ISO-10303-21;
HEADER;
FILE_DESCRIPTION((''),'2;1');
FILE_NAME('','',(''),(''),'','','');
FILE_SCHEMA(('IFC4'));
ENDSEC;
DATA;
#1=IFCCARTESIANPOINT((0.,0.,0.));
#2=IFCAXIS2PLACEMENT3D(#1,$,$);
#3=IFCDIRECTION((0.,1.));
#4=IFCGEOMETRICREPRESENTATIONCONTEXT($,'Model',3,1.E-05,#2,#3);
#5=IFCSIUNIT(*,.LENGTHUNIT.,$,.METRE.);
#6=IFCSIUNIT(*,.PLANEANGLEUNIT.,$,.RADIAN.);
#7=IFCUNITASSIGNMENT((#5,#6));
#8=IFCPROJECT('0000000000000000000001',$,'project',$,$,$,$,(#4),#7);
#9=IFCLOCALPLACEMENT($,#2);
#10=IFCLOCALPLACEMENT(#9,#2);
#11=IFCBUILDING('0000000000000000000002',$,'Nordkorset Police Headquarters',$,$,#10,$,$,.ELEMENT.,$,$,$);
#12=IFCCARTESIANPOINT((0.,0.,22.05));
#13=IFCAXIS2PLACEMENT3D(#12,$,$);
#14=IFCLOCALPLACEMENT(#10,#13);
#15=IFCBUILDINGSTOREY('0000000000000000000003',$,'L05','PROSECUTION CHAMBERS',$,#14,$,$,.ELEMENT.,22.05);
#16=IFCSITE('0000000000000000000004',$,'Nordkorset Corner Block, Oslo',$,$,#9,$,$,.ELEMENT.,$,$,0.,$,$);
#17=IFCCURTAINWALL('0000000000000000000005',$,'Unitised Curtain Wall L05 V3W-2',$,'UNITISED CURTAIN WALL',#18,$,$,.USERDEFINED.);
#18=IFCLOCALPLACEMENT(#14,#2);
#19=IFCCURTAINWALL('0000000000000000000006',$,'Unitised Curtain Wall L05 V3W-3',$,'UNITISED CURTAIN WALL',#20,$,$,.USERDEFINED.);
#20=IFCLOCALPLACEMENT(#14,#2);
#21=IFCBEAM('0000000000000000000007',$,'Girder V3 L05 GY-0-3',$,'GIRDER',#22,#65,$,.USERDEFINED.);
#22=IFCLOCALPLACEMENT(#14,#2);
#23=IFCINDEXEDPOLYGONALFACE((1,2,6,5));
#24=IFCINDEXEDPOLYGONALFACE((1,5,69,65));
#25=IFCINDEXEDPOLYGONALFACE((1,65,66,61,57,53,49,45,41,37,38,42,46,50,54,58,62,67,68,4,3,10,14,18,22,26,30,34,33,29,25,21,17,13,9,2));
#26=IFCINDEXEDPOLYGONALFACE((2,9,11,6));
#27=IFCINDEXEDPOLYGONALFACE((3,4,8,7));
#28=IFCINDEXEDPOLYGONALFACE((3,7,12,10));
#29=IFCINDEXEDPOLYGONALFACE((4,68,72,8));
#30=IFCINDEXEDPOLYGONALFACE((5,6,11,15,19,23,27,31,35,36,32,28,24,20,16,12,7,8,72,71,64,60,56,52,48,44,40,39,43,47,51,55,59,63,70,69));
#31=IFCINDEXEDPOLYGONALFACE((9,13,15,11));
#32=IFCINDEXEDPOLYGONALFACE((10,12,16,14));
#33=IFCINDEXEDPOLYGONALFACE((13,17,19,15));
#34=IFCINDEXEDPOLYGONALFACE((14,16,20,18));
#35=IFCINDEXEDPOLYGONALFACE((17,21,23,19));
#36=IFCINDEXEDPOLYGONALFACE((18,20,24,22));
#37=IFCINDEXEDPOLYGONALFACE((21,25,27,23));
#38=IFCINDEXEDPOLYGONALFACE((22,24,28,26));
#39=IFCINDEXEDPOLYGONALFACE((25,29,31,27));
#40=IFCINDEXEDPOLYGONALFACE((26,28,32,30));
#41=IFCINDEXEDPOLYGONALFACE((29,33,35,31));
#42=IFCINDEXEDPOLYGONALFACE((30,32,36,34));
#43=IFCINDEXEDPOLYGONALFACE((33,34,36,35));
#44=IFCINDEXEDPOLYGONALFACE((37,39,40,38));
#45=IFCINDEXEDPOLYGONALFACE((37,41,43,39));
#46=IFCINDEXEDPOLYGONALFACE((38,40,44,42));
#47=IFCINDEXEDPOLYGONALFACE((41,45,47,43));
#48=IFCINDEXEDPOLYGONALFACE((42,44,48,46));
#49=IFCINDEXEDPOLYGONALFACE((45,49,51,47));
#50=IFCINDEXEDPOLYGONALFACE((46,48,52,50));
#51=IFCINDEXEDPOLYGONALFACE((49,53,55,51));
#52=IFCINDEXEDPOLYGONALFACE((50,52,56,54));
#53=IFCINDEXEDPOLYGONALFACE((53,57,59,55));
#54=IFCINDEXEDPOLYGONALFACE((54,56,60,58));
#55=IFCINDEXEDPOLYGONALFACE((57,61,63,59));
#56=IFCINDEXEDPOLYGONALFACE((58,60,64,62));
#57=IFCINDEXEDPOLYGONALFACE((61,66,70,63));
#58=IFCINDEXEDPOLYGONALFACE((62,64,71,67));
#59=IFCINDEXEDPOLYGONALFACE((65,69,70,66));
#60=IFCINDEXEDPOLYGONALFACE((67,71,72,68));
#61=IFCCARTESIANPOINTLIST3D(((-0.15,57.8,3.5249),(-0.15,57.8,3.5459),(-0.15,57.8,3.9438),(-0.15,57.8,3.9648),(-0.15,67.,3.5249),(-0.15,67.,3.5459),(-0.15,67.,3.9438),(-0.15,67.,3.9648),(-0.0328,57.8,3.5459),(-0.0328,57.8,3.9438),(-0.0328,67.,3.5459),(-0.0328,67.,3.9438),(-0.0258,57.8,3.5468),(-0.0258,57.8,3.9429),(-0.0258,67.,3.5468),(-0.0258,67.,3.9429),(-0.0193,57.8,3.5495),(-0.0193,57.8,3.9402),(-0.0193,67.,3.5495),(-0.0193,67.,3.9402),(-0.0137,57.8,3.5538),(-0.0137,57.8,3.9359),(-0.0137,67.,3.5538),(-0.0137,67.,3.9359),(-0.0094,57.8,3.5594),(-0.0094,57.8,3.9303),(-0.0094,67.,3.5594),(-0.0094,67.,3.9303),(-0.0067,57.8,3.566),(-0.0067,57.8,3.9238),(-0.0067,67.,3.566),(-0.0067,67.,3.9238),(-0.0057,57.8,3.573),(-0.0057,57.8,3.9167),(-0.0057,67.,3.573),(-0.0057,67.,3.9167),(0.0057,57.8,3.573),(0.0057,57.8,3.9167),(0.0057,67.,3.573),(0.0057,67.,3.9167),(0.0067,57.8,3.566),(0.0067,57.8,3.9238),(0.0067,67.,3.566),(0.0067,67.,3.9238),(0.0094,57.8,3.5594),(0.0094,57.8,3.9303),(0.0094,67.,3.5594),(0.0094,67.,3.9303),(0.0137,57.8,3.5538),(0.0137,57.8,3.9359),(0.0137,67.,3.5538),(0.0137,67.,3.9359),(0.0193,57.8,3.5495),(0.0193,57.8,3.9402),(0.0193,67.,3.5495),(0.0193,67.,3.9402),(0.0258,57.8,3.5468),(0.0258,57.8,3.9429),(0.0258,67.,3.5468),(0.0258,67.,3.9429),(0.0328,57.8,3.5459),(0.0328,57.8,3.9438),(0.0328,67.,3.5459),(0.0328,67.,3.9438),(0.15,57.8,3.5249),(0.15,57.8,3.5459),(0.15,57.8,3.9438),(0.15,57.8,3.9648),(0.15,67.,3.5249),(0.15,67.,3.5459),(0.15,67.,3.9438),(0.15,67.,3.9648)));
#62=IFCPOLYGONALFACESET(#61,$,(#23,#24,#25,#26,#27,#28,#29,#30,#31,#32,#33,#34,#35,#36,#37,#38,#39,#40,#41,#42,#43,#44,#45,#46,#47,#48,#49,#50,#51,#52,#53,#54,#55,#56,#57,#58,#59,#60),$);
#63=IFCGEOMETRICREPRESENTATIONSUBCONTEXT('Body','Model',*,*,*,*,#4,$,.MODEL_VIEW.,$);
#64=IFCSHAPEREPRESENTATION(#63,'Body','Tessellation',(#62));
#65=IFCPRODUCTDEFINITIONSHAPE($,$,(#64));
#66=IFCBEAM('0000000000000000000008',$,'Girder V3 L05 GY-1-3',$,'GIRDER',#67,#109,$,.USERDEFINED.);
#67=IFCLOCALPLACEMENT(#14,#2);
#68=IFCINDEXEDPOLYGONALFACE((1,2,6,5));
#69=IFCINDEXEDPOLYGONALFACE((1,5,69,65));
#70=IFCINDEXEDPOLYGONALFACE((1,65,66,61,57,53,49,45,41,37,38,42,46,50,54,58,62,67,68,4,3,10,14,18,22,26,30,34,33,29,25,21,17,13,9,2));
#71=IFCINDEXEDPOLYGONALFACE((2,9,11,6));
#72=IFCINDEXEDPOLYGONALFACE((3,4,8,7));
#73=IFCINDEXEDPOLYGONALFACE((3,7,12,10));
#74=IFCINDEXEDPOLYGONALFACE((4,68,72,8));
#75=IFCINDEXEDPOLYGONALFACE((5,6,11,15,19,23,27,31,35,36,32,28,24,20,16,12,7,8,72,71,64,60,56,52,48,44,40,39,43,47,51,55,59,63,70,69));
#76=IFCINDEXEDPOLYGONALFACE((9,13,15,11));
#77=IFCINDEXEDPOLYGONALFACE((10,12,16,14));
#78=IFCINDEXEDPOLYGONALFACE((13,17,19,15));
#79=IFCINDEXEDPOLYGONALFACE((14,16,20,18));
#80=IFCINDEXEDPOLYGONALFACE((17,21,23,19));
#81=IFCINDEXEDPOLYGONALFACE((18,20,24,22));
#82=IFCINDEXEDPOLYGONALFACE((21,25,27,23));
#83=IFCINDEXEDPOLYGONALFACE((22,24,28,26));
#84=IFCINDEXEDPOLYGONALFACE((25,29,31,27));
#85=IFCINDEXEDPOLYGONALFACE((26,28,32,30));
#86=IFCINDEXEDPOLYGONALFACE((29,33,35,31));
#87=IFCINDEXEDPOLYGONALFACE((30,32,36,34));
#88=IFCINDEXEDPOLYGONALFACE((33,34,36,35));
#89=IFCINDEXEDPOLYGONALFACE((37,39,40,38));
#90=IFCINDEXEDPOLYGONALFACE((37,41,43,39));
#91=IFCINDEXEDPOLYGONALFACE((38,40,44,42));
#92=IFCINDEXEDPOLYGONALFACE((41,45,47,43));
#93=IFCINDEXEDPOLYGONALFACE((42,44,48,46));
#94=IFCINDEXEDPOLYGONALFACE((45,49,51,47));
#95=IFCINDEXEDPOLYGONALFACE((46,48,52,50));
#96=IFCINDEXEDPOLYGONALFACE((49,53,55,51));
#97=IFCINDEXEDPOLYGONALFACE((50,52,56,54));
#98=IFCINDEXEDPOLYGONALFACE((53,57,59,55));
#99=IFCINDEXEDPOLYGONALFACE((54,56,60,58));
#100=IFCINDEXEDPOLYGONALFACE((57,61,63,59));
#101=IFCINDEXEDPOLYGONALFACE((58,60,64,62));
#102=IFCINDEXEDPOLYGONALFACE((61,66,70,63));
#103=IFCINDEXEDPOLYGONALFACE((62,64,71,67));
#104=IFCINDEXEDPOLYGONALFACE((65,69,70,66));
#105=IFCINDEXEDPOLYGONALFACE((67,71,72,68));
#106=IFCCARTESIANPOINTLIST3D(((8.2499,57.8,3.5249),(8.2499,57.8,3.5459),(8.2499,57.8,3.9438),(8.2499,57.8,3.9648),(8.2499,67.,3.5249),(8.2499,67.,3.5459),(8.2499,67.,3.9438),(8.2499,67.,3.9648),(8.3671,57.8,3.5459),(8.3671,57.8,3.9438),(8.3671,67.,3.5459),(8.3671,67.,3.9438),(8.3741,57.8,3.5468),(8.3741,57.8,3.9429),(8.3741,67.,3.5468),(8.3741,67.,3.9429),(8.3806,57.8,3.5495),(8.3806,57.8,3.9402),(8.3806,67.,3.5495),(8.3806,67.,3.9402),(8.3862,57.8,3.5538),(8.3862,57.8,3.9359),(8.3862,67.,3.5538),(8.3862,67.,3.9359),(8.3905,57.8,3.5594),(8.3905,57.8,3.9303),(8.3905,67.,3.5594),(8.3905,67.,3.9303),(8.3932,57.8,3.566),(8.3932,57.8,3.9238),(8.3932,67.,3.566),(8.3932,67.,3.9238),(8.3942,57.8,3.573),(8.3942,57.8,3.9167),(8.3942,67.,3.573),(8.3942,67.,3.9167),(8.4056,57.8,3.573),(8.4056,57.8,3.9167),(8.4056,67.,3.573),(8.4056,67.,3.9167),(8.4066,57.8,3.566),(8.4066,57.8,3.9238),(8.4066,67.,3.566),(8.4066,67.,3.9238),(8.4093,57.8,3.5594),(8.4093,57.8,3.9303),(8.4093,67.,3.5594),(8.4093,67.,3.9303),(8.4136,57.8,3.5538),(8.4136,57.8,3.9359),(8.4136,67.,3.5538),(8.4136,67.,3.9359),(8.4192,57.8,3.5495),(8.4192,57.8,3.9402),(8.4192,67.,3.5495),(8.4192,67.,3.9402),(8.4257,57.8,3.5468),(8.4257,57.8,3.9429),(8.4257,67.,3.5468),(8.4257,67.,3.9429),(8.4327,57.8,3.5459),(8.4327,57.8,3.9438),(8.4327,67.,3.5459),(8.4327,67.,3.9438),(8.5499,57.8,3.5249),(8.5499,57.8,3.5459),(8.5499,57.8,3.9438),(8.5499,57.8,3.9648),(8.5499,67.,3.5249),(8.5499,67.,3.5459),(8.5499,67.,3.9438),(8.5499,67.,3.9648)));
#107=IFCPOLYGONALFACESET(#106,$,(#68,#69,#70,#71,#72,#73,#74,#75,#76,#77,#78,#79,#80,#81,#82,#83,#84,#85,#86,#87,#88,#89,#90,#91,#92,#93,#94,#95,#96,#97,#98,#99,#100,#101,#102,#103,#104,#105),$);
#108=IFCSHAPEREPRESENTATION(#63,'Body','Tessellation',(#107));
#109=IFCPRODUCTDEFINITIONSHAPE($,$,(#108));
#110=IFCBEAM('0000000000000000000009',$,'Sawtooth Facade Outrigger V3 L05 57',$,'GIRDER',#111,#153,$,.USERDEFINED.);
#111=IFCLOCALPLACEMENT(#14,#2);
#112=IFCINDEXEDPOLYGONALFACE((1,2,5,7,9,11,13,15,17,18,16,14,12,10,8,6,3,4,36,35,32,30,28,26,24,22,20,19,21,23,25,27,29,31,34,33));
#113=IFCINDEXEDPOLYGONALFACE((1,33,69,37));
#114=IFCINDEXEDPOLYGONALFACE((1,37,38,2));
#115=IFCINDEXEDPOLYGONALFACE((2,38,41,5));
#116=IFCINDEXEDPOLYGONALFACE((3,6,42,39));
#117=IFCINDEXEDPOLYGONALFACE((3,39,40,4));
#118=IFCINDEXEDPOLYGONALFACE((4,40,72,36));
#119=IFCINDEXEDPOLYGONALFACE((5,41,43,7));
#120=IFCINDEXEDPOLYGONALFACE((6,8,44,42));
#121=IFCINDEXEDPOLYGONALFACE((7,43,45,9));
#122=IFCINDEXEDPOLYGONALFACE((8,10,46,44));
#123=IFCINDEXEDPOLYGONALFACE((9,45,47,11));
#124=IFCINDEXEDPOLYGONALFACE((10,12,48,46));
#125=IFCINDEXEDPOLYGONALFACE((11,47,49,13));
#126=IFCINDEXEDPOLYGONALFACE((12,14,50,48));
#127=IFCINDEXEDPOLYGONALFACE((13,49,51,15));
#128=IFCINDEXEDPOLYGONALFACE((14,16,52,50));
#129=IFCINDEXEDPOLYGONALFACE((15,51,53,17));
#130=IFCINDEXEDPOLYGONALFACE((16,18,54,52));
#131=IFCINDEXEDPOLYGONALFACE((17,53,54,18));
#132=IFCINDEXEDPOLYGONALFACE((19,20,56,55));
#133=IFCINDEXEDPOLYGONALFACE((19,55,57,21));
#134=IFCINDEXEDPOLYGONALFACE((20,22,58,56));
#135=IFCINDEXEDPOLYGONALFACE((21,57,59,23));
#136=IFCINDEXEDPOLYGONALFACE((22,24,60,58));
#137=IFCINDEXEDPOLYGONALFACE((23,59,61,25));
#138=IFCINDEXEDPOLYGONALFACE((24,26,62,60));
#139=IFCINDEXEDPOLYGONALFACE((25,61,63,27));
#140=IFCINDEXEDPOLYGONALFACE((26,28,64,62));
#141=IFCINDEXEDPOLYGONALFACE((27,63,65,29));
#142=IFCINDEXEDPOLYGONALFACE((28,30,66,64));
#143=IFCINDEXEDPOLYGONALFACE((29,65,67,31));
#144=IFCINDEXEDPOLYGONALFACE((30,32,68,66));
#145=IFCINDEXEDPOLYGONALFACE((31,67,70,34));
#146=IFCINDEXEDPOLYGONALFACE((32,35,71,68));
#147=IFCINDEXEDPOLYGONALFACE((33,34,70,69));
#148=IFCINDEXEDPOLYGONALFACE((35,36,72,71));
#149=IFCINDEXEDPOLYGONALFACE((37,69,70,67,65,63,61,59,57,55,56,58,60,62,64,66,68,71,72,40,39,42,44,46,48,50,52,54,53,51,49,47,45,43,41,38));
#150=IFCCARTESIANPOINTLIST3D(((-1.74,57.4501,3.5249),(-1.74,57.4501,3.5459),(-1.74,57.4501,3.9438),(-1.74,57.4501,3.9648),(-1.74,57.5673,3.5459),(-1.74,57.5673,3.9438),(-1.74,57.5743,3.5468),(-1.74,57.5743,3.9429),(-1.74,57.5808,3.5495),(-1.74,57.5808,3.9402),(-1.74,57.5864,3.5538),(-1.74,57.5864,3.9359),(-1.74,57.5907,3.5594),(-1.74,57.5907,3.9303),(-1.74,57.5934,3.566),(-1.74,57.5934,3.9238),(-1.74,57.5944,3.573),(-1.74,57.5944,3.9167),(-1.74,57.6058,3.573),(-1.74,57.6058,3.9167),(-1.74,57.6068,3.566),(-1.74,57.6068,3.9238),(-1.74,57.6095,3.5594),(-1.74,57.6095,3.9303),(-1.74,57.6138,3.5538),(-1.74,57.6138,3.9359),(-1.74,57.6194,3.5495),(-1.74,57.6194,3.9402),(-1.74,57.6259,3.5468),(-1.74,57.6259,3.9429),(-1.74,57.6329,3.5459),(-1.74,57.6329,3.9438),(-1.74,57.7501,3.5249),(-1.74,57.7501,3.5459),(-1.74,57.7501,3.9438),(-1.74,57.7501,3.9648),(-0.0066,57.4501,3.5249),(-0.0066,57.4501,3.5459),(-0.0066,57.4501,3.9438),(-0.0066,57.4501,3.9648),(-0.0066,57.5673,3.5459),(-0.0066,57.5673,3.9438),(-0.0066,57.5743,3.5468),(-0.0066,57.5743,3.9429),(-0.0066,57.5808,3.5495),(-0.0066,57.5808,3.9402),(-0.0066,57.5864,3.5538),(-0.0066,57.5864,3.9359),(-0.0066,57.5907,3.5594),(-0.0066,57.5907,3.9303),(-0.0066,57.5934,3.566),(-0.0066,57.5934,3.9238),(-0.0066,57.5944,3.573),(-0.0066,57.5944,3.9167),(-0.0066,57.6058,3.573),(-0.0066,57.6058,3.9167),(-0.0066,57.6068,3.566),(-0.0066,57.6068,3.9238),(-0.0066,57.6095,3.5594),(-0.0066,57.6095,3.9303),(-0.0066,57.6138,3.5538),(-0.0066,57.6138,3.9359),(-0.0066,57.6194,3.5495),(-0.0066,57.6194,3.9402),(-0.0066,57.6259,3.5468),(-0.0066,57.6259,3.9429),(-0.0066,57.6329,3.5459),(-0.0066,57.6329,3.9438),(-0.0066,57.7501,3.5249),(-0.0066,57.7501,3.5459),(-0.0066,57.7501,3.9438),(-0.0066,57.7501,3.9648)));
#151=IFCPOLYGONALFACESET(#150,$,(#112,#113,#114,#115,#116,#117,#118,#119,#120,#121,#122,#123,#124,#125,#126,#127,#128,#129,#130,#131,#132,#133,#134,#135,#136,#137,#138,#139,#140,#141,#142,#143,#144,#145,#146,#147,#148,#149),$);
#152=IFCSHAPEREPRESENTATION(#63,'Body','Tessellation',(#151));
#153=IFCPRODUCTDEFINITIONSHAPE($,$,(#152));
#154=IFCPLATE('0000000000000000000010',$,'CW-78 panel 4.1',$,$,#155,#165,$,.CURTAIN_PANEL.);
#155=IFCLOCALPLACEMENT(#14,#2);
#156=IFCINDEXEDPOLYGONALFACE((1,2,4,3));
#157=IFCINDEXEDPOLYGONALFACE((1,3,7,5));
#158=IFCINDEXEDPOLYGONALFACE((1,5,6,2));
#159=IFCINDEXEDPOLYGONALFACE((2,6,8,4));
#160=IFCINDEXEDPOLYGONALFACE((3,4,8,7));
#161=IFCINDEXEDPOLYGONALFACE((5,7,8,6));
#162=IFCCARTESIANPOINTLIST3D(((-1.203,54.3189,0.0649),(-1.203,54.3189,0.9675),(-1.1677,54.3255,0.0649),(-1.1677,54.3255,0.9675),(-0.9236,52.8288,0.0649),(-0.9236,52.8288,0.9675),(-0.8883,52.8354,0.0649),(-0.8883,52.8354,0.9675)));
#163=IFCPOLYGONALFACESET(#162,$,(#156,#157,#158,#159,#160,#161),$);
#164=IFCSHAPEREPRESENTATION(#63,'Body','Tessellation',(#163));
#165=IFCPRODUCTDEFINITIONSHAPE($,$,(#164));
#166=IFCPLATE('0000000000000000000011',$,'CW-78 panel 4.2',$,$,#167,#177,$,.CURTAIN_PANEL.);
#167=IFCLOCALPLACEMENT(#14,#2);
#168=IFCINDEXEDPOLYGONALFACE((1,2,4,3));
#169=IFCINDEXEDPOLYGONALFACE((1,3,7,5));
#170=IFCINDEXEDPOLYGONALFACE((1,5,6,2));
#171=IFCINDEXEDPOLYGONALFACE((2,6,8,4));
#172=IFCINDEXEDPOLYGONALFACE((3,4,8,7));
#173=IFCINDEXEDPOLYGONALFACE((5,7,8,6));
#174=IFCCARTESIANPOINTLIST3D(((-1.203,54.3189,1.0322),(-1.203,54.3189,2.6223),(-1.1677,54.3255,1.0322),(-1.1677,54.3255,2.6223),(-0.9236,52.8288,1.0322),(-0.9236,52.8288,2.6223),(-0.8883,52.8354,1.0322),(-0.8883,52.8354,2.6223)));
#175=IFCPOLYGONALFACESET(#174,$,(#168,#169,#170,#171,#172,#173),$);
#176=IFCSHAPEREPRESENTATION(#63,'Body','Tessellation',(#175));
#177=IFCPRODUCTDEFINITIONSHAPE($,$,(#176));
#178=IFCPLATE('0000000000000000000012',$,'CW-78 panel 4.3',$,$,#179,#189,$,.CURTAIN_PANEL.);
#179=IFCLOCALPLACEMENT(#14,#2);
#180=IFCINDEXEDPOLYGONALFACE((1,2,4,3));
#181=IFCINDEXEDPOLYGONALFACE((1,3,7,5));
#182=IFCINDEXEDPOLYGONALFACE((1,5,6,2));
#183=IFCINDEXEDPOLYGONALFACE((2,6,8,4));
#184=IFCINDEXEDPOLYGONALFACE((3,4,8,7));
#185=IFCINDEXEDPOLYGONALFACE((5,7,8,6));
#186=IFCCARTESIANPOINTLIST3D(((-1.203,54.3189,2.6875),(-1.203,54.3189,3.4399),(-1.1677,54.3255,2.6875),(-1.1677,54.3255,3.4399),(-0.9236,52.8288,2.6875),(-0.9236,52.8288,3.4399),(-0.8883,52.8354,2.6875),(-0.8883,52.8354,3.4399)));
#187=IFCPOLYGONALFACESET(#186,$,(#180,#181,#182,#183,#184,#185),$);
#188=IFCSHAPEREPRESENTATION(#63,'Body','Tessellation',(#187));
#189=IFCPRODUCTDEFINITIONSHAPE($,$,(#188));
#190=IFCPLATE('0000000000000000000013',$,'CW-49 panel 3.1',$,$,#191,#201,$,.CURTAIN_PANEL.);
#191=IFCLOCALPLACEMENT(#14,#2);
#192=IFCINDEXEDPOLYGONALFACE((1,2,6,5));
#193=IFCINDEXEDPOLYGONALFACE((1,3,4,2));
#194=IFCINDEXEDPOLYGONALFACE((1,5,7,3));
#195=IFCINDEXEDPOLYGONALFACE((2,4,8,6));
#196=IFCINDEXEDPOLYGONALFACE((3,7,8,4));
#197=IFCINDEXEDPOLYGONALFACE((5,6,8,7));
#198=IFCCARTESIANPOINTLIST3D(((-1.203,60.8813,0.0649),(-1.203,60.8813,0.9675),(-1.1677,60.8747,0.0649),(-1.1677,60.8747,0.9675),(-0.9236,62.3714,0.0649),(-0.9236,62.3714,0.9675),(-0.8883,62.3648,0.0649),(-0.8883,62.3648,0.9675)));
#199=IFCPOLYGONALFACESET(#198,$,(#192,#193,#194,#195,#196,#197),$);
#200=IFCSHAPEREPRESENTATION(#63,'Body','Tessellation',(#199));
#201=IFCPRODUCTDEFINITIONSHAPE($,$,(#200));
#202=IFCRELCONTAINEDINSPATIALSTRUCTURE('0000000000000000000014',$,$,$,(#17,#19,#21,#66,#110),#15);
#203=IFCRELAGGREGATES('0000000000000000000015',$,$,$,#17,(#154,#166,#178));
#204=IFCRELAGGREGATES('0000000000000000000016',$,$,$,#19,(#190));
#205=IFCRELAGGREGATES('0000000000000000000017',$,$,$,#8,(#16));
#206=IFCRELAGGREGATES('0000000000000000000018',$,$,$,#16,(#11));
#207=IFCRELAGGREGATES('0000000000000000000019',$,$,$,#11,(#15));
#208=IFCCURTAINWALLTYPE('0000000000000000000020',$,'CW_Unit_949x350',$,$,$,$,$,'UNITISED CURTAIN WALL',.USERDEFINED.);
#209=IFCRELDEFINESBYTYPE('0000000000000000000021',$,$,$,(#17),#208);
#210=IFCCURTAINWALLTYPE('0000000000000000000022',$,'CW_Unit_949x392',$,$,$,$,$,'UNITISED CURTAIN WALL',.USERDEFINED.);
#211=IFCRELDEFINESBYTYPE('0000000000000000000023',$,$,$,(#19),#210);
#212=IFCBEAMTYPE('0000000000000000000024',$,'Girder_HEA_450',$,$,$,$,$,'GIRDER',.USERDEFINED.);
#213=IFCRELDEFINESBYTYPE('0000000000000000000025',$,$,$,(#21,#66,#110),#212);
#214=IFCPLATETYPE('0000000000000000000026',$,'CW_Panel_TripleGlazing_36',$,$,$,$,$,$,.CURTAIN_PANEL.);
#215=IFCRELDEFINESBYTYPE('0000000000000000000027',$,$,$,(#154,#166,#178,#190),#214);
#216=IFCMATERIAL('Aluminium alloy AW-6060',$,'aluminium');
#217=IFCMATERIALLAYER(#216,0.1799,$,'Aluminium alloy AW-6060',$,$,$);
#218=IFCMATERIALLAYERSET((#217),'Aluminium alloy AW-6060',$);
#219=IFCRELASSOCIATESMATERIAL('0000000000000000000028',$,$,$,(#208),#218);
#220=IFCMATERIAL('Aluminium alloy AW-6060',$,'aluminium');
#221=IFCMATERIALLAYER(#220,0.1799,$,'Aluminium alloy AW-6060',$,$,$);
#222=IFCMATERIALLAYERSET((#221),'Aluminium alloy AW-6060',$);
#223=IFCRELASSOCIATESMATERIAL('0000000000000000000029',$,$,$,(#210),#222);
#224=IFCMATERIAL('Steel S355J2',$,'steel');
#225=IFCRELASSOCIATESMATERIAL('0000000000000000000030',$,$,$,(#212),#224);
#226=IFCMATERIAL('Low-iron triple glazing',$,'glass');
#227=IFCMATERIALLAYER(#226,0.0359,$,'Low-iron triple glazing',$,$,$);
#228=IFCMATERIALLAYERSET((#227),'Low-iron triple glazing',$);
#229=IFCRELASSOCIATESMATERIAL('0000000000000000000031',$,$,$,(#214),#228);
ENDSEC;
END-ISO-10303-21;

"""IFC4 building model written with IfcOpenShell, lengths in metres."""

from ifc_helpers import new_model, si_unit, direction, frame, origin, origin_2d, place, context, subcontext, project, spatial, rectangle, i_section, extrude, material, layer, layer_set, material_profile, profile_set, type_object, element, aggregate, save


model = new_model("IFC4")

# Units and contexts
model_context = context("Model", 3, precision=1e-05, world=origin(), true_north=direction((0.0, 1.0)))
body_context = subcontext(model_context, "Body", "Model", "MODEL_VIEW")
ifc_project = project(units=[si_unit("LENGTHUNIT", "METRE"), si_unit("PLANEANGLEUNIT", "RADIAN")], contexts=[model_context])

# Site, building, storey
site_placement = place(None, origin())
site = spatial("IfcSite", under=ifc_project, at=site_placement, Name="Nordkorset Corner Block, Oslo", CompositionType="ELEMENT", RefElevation=0.0)
building_placement = place(site_placement, origin())
building = spatial("IfcBuilding", under=site, at=building_placement, Name="Nordkorset Police Headquarters", CompositionType="ELEMENT")
storey_placement = place(building_placement, frame((0.0, 0.0, 22.05)))
storey = spatial("IfcBuildingStorey", under=building, at=storey_placement, Name="L05", Description="PROSECUTION CHAMBERS", CompositionType="ELEMENT", Elevation=22.05)

# Curtain wall
ifc_material_1 = material(Name="Aluminium alloy AW-6060", Category="aluminium")
ifc_layer_1 = layer(ifc_material_1, 0.1799, Name="Aluminium alloy AW-6060")
ifc_layer_set_1 = layer_set([ifc_layer_1], Name="Aluminium alloy AW-6060")
curtain_wall_type_1 = type_object("IfcCurtainWallType", Name="CW_Unit_949x350", ElementType="UNITISED CURTAIN WALL", PredefinedType="USERDEFINED", material=ifc_layer_set_1)
curtain_wall_1_placement = place(storey_placement, origin())
curtain_wall_1 = element("IfcCurtainWall", 1, at=curtain_wall_1_placement, inside=storey, type_object=curtain_wall_type_1, Name="Unitised Curtain Wall L05 V3W-2", ObjectType="UNITISED CURTAIN WALL", PredefinedType="USERDEFINED")

# Curtain wall
ifc_material_2 = material(Name="Aluminium alloy AW-6060", Category="aluminium")
ifc_layer_2 = layer(ifc_material_2, 0.1799, Name="Aluminium alloy AW-6060")
ifc_layer_set_2 = layer_set([ifc_layer_2], Name="Aluminium alloy AW-6060")
curtain_wall_type_2 = type_object("IfcCurtainWallType", Name="CW_Unit_949x392", ElementType="UNITISED CURTAIN WALL", PredefinedType="USERDEFINED", material=ifc_layer_set_2)
curtain_wall_2_placement = place(storey_placement, origin())
curtain_wall_2 = element("IfcCurtainWall", 2, at=curtain_wall_2_placement, inside=storey, type_object=curtain_wall_type_2, Name="Unitised Curtain Wall L05 V3W-3", ObjectType="UNITISED CURTAIN WALL", PredefinedType="USERDEFINED")

# Beams
ifc_material_3 = material(Name="Steel S355J2", Category="steel")
ifc_material_profile_1 = material_profile(ifc_material_3, i_section(OverallWidth=0.3, OverallDepth=0.4399, WebThickness=0.0115, FlangeThickness=0.021, FilletRadius=0.0271, at=origin_2d()), Name="HEA 450")
ifc_profile_set_1 = profile_set([ifc_material_profile_1], Name="Steel S355J2")
beam_type_1 = type_object("IfcBeamType", Name="Girder_HEA_450", ElementType="GIRDER", PredefinedType="USERDEFINED", material=ifc_profile_set_1)
for number, where, z_axis, x_axis, name in (
    (3, (0.0, 57.8, 3.7449), (0.0, 1.0, 0.0), (-1.0, 0.0, 0.0), "Girder V3 L05 GY-0-3"),
    (4, (8.3999, 57.8, 3.7449), (0.0, 1.0, 0.0), (-1.0, 0.0, 0.0), "Girder V3 L05 GY-1-3"),
):
    element("IfcBeam", number, at=place(storey_placement, frame(where, z_axis=z_axis, x_axis=x_axis)), inside=storey, type_object=beam_type_1, Name=name, ObjectType="GIRDER", PredefinedType="USERDEFINED", context=body_context, shape_type="SweptSolid", body=[
        extrude(i_section(OverallWidth=0.3, OverallDepth=0.4399, WebThickness=0.0115, FlangeThickness=0.021, FilletRadius=0.0271, at=origin_2d()), origin(), (0.0, 0.0, 1.0), 9.2),
    ])
beam_1_placement = place(storey_placement, frame((-0.0066, 57.6001, 3.7449), z_axis=(-1.0, 0.0, 0.0), x_axis=(0.0, -1.0, 0.0)))
element("IfcBeam", 5, at=beam_1_placement, inside=storey, type_object=beam_type_1, Name="Sawtooth Facade Outrigger V3 L05 57", ObjectType="GIRDER", PredefinedType="USERDEFINED", context=body_context, shape_type="SweptSolid", body=[
    extrude(i_section(OverallWidth=0.3, OverallDepth=0.4399, WebThickness=0.0115, FlangeThickness=0.021, FilletRadius=0.0271, at=origin_2d()), origin(), (0.0, 0.0, 1.0), 1.7334),
])

# Plates
ifc_material_4 = material(Name="Low-iron triple glazing", Category="glass")
ifc_layer_3 = layer(ifc_material_4, 0.0359, Name="Low-iron triple glazing")
ifc_layer_set_3 = layer_set([ifc_layer_3], Name="Low-iron triple glazing")
plate_type = type_object("IfcPlateType", Name="CW_Panel_TripleGlazing_36", PredefinedType="CURTAIN_PANEL", material=ifc_layer_set_3)
plate_1_placement = place(storey_placement, frame((-1.0457, 53.5771, 0.0649), z_axis=(0.0, 0.0, 1.0), x_axis=(-0.184289, 0.982872, 0.0)))
plate_1 = element("IfcPlate", 6, at=plate_1_placement, type_object=plate_type, Name="CW-78 panel 4.1", PredefinedType="CURTAIN_PANEL", context=body_context, shape_type="SweptSolid", body=[
    extrude(rectangle(XDim=1.5161, YDim=0.0359, at=origin_2d()), origin(), (0.0, 0.0, 1.0), 0.9026),
])
plate_2_placement = place(storey_placement, frame((-1.0457, 53.5771, 1.0322), z_axis=(0.0, 0.0, 1.0), x_axis=(-0.184289, 0.982872, 0.0)))
plate_2 = element("IfcPlate", 7, at=plate_2_placement, type_object=plate_type, Name="CW-78 panel 4.2", PredefinedType="CURTAIN_PANEL", context=body_context, shape_type="SweptSolid", body=[
    extrude(rectangle(XDim=1.5161, YDim=0.0359, at=origin_2d()), origin(), (0.0, 0.0, 1.0), 1.5901),
])
plate_3_placement = place(storey_placement, frame((-1.0457, 53.5771, 2.6875), z_axis=(0.0, 0.0, 1.0), x_axis=(-0.184289, 0.982872, 0.0)))
plate_3 = element("IfcPlate", 8, at=plate_3_placement, type_object=plate_type, Name="CW-78 panel 4.3", PredefinedType="CURTAIN_PANEL", context=body_context, shape_type="SweptSolid", body=[
    extrude(rectangle(XDim=1.5161, YDim=0.0359, at=origin_2d()), origin(), (0.0, 0.0, 1.0), 0.7524),
])
aggregate(curtain_wall_1, [plate_1, plate_2, plate_3])
plate_4_placement = place(storey_placement, frame((-1.0457, 61.623, 0.0649), z_axis=(0.0, 0.0, 1.0), x_axis=(0.184289, 0.982872, 0.0)))
plate_4 = element("IfcPlate", 9, at=plate_4_placement, type_object=plate_type, Name="CW-49 panel 3.1", PredefinedType="CURTAIN_PANEL", context=body_context, shape_type="SweptSolid", body=[
    extrude(rectangle(XDim=1.5161, YDim=0.0359, at=origin_2d()), origin(), (0.0, 0.0, 1.0), 0.9026),
])
aggregate(curtain_wall_2, [plate_4])

save(model, "model.ifc")
